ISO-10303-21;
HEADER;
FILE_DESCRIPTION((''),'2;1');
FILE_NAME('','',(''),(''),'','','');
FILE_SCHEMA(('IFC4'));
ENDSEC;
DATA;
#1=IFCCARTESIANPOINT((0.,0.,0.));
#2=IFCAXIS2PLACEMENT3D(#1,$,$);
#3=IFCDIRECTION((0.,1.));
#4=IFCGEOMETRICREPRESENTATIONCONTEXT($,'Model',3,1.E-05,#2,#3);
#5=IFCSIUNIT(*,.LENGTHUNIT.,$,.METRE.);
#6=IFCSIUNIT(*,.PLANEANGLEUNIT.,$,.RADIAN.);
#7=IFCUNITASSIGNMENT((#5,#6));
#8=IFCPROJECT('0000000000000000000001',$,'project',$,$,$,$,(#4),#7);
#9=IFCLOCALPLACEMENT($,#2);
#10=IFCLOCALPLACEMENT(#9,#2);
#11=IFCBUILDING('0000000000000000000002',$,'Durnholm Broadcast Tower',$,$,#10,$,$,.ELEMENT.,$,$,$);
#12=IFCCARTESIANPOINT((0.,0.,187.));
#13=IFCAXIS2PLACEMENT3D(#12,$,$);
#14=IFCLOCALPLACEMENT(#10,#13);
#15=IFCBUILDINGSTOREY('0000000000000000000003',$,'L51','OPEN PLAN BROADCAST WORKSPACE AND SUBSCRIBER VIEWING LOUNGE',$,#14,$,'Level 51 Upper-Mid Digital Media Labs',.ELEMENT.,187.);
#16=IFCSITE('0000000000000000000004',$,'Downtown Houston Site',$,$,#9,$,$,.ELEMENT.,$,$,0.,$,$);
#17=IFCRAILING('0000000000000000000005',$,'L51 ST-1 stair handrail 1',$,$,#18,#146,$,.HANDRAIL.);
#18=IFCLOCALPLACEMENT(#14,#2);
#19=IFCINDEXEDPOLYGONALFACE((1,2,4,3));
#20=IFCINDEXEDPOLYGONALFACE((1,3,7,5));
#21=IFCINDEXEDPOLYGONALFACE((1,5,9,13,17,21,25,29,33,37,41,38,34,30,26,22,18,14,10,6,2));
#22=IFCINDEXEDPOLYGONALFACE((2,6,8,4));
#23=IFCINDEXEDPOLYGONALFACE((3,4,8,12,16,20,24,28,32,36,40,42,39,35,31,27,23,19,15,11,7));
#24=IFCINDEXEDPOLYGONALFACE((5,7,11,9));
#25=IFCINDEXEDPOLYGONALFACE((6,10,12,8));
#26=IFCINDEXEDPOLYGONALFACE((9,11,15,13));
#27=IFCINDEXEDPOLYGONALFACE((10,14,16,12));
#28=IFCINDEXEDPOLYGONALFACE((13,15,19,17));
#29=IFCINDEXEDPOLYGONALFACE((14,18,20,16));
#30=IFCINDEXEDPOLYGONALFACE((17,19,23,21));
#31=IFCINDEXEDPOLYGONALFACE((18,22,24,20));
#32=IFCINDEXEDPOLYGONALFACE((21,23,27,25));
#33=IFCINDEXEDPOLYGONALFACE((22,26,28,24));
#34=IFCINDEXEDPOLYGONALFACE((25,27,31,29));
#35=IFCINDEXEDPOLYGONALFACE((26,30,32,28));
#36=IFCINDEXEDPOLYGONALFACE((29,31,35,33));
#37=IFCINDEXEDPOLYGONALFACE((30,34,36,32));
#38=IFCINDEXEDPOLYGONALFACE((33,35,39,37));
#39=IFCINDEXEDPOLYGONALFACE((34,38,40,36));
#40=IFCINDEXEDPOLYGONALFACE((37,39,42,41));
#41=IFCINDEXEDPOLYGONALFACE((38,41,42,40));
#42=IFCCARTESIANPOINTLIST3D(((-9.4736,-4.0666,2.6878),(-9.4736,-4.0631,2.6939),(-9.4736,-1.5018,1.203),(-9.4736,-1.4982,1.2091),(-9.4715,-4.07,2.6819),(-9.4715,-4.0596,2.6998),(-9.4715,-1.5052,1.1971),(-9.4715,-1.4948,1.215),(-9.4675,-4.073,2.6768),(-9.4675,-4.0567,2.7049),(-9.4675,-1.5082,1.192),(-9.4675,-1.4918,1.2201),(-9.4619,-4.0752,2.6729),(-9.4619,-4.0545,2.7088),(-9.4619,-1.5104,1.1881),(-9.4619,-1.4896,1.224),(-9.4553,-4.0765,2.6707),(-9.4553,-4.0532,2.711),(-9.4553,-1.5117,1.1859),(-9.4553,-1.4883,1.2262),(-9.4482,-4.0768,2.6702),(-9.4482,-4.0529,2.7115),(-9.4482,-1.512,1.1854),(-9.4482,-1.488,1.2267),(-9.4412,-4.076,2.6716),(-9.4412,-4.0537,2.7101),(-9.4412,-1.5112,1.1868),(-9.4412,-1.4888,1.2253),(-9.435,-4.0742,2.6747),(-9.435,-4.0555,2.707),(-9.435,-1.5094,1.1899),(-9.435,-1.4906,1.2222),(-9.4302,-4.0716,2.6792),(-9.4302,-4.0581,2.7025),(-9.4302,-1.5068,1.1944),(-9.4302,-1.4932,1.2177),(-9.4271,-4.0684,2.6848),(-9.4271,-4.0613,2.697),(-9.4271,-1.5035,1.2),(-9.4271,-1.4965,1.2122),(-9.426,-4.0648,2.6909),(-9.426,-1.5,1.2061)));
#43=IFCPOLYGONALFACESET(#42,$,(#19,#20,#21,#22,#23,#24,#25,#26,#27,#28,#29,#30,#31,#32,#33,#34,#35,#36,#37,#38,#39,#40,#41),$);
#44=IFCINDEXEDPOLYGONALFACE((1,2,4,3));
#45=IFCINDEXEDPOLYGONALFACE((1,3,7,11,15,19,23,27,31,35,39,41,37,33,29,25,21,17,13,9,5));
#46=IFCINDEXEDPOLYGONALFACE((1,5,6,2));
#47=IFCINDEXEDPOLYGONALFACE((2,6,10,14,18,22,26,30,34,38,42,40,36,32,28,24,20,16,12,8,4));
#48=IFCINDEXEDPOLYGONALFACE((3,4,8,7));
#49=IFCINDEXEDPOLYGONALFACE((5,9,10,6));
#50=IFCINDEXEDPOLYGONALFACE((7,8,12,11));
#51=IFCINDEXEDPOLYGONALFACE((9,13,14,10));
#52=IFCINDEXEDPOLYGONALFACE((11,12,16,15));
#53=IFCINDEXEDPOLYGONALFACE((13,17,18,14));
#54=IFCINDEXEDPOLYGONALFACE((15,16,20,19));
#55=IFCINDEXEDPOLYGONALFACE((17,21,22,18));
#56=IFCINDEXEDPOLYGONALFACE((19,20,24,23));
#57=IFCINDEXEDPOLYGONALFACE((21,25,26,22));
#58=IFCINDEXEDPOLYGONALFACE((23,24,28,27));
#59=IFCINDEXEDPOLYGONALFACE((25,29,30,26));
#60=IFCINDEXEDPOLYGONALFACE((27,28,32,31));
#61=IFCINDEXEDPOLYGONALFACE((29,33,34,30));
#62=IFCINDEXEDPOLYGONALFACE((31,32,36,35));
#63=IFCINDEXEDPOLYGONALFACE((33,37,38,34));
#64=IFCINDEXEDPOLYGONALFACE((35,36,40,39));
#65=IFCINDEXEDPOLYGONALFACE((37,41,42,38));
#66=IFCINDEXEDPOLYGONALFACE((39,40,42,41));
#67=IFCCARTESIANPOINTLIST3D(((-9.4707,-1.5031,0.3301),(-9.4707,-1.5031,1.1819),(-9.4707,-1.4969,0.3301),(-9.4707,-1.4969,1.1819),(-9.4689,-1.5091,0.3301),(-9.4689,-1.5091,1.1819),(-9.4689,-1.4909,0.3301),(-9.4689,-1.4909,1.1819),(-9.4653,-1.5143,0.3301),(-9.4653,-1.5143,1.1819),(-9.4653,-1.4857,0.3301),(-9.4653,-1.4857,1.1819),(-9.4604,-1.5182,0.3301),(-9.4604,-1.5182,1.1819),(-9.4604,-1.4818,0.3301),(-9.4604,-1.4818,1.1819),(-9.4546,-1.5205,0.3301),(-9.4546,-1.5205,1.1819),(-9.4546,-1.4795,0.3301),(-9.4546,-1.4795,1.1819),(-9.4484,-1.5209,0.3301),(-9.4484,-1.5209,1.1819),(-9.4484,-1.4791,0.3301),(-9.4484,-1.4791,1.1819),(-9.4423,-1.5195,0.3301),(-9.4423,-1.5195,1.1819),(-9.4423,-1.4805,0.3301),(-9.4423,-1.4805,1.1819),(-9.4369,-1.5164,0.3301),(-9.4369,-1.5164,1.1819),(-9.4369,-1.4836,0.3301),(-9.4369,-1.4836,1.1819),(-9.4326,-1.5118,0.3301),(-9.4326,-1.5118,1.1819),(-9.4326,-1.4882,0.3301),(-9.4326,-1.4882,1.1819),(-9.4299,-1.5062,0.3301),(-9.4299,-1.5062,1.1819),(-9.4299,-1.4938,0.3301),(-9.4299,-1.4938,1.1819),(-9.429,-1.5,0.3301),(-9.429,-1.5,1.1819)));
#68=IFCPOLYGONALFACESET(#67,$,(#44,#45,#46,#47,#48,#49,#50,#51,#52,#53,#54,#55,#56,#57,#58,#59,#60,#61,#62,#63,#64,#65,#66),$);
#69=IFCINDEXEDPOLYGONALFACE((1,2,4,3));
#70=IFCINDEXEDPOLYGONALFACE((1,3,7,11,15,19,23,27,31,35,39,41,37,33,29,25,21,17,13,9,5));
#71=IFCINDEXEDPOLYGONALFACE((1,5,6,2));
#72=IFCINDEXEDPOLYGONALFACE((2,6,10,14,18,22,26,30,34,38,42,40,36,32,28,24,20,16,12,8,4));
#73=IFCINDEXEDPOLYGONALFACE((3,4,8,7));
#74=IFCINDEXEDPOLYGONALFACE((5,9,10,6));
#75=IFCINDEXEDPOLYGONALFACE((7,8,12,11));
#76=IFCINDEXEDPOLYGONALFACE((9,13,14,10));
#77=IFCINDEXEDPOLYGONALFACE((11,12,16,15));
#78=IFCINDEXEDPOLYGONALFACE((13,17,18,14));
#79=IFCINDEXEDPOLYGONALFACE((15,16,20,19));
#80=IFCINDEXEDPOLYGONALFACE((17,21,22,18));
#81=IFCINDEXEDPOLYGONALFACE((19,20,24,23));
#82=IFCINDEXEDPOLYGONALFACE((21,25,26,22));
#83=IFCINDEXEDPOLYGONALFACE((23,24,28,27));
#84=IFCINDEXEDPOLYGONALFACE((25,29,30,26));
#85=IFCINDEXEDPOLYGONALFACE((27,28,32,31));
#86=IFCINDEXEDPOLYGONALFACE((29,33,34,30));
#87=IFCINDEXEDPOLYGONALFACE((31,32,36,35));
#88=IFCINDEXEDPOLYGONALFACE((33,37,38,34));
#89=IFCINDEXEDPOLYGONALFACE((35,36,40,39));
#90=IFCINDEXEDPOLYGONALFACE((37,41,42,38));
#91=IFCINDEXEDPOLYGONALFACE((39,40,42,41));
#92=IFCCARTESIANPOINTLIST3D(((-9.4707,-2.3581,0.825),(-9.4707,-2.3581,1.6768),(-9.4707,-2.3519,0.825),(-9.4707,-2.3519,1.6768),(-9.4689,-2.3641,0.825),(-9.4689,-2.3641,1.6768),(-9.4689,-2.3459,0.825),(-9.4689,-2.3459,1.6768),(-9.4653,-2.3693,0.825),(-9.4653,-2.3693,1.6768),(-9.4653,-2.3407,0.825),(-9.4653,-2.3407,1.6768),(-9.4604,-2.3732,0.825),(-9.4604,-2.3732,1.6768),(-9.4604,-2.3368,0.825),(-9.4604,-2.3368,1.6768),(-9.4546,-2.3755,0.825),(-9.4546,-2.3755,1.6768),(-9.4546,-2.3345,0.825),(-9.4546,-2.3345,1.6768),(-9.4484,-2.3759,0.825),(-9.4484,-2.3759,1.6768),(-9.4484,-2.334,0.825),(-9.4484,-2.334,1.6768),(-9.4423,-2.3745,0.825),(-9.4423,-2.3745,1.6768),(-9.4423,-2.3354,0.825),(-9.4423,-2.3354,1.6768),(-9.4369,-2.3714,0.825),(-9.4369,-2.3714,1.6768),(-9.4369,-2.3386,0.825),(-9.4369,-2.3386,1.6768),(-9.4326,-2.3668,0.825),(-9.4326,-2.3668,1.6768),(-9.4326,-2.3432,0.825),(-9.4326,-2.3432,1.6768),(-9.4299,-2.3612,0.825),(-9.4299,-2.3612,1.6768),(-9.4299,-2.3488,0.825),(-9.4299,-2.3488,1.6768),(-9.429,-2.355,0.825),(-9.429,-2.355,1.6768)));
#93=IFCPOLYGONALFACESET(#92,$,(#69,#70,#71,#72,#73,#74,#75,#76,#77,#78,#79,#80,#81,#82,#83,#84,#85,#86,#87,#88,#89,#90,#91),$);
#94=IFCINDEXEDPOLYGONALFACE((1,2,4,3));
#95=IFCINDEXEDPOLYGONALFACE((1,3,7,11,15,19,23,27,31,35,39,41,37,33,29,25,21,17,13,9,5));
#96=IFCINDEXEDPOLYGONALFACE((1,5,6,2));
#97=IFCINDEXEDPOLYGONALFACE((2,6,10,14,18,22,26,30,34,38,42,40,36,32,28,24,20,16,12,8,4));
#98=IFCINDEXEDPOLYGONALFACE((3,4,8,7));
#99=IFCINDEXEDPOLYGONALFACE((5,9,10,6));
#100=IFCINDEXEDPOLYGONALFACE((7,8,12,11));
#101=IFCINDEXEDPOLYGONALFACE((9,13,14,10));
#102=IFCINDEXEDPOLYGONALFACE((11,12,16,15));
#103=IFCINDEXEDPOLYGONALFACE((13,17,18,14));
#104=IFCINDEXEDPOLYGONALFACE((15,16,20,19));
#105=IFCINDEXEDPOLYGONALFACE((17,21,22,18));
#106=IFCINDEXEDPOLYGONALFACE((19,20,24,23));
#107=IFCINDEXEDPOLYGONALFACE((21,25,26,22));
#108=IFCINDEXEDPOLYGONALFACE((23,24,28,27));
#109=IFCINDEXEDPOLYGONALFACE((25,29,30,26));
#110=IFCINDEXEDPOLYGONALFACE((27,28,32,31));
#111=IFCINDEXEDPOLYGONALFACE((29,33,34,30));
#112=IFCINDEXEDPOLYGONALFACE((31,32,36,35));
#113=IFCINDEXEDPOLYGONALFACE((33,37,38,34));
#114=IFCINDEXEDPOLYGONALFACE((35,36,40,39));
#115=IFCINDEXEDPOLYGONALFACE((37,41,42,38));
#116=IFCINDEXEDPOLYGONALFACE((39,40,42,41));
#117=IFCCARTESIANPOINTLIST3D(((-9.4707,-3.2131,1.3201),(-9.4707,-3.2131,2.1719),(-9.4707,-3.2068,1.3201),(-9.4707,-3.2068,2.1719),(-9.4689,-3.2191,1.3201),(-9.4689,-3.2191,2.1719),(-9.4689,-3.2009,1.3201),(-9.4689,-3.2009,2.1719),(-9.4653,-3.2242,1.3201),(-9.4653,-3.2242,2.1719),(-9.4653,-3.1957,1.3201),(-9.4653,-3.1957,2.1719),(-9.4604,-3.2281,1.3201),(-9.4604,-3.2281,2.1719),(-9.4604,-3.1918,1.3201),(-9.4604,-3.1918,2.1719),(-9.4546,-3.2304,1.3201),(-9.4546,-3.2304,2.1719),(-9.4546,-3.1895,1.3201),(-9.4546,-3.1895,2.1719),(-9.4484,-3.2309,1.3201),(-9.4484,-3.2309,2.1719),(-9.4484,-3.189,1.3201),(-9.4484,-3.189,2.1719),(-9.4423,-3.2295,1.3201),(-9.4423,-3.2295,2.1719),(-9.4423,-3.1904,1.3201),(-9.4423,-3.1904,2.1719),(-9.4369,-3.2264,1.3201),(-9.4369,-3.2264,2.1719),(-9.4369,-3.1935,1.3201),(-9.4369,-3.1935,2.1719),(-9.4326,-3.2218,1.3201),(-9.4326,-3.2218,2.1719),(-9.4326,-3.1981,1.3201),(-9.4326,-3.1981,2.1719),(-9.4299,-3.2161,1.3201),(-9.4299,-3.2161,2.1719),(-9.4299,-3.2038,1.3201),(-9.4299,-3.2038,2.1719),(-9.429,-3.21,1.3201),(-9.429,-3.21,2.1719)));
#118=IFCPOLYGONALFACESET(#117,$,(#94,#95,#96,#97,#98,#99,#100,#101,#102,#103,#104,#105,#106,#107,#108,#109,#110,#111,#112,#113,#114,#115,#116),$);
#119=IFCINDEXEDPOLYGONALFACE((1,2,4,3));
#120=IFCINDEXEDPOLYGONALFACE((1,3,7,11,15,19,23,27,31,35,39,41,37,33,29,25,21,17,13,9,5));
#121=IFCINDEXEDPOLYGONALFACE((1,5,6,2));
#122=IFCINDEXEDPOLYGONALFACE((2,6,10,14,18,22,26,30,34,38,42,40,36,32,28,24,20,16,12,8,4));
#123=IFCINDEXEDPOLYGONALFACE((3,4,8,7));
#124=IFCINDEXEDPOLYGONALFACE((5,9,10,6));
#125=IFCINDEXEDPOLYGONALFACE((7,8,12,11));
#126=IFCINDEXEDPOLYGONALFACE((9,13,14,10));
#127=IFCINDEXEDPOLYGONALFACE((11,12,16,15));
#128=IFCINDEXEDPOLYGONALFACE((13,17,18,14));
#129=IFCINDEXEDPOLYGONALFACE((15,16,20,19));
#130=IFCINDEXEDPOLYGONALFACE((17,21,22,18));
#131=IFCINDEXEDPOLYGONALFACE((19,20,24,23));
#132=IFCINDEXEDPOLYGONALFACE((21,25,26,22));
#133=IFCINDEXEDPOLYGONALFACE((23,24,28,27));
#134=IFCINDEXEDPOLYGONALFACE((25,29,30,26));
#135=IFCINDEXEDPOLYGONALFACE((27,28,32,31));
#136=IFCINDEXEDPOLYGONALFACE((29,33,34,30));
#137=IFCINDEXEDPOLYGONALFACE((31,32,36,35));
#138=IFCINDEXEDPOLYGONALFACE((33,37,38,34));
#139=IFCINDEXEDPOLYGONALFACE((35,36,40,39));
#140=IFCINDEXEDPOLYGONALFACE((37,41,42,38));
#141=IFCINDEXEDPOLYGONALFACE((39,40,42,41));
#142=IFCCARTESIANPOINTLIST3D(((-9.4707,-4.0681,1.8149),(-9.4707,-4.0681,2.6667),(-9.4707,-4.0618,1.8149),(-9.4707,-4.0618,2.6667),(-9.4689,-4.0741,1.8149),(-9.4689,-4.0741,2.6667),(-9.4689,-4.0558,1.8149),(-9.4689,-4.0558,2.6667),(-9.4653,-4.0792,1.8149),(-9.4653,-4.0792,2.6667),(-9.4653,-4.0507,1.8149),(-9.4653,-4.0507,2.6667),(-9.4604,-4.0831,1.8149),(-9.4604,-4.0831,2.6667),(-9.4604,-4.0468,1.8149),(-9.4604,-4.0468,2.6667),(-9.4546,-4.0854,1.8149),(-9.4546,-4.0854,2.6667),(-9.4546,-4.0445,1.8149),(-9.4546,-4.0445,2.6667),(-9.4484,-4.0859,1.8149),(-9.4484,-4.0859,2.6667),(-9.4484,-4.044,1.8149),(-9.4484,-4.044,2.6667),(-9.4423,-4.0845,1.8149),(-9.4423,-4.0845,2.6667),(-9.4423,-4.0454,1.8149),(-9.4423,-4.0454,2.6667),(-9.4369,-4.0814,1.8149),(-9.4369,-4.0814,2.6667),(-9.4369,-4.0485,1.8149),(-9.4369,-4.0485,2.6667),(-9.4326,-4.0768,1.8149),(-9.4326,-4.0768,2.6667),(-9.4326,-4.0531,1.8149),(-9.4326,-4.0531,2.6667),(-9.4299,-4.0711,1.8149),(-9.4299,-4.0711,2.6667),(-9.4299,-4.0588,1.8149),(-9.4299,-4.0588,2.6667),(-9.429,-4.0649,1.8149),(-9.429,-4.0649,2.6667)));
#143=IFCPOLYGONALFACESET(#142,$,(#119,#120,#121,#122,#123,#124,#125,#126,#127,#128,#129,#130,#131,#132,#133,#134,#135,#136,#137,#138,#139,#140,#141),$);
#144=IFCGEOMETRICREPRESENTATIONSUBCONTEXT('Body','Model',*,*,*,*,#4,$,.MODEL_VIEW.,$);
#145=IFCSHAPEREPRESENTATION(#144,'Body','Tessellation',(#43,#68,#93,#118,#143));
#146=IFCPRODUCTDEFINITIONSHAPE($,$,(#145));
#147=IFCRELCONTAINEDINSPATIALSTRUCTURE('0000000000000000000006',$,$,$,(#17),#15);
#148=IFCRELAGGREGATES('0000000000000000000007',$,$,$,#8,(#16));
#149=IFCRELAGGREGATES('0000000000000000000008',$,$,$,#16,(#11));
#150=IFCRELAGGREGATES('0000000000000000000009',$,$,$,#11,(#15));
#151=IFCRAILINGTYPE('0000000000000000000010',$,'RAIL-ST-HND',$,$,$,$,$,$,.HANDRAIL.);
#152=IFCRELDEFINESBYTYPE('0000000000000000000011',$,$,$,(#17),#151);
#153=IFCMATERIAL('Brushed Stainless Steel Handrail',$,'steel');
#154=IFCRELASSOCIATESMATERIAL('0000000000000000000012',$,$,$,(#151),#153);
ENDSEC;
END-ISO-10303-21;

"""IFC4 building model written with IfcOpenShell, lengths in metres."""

from ifc_helpers import new_model, si_unit, direction, frame, origin, origin_2d, place, context, subcontext, project, spatial, circle, extrude, material, type_object, element, save


model = new_model("IFC4")

# Units and contexts
model_context = context("Model", 3, precision=1e-05, world=origin(), true_north=direction((0.0, 1.0)))
body_context = subcontext(model_context, "Body", "Model", "MODEL_VIEW")
ifc_project = project(units=[si_unit("LENGTHUNIT", "METRE"), si_unit("PLANEANGLEUNIT", "RADIAN")], contexts=[model_context])

# Site, building, storey
site_placement = place(None, origin())
site = spatial("IfcSite", under=ifc_project, at=site_placement, Name="Downtown Houston Site", CompositionType="ELEMENT", RefElevation=0.0)
building_placement = place(site_placement, origin())
building = spatial("IfcBuilding", under=site, at=building_placement, Name="Durnholm Broadcast Tower", CompositionType="ELEMENT")
storey_placement = place(building_placement, frame((0.0, 0.0, 187.0)))
storey = spatial("IfcBuildingStorey", under=building, at=storey_placement, Name="L51", Description="OPEN PLAN BROADCAST WORKSPACE AND SUBSCRIBER VIEWING LOUNGE", LongName="Level 51 Upper-Mid Digital Media Labs", CompositionType="ELEMENT", Elevation=187.0)

# Railing
ifc_material_1 = material(Name="Brushed Stainless Steel Handrail", Category="steel")
railing_type = type_object("IfcRailingType", Name="RAIL-ST-HND", PredefinedType="HANDRAIL", material=ifc_material_1)
railing_placement = place(storey_placement, frame((-9.45, -1.5, 0.3301)))
element("IfcRailing", 1, at=railing_placement, inside=storey, type_object=railing_type, Name="L51 ST-1 stair handrail 1", PredefinedType="HANDRAIL", context=body_context, shape_type="SweptSolid", body=[
    extrude(circle(Radius=0.0239, at=origin_2d()), frame((0.0, 0.0, 0.876), z_axis=(0.0, -0.865441, 0.50101), x_axis=(1.0, 0.0, 0.0)), (0.0, 0.0, 1.0), 2.9636),
    extrude(circle(Radius=0.021, at=origin_2d()), origin(), (0.0, 0.0, 1.0), 0.8518),
    extrude(circle(Radius=0.021, at=origin_2d()), frame((0.0, -0.855, 0.4949)), (0.0, 0.0, 1.0), 0.8518),
    extrude(circle(Radius=0.021, at=origin_2d()), frame((0.0, -1.71, 0.99)), (0.0, 0.0, 1.0), 0.8518),
    extrude(circle(Radius=0.021, at=origin_2d()), frame((0.0, -2.5649, 1.4849)), (0.0, 0.0, 1.0), 0.8518),
])

save(model, "model.ifc")
